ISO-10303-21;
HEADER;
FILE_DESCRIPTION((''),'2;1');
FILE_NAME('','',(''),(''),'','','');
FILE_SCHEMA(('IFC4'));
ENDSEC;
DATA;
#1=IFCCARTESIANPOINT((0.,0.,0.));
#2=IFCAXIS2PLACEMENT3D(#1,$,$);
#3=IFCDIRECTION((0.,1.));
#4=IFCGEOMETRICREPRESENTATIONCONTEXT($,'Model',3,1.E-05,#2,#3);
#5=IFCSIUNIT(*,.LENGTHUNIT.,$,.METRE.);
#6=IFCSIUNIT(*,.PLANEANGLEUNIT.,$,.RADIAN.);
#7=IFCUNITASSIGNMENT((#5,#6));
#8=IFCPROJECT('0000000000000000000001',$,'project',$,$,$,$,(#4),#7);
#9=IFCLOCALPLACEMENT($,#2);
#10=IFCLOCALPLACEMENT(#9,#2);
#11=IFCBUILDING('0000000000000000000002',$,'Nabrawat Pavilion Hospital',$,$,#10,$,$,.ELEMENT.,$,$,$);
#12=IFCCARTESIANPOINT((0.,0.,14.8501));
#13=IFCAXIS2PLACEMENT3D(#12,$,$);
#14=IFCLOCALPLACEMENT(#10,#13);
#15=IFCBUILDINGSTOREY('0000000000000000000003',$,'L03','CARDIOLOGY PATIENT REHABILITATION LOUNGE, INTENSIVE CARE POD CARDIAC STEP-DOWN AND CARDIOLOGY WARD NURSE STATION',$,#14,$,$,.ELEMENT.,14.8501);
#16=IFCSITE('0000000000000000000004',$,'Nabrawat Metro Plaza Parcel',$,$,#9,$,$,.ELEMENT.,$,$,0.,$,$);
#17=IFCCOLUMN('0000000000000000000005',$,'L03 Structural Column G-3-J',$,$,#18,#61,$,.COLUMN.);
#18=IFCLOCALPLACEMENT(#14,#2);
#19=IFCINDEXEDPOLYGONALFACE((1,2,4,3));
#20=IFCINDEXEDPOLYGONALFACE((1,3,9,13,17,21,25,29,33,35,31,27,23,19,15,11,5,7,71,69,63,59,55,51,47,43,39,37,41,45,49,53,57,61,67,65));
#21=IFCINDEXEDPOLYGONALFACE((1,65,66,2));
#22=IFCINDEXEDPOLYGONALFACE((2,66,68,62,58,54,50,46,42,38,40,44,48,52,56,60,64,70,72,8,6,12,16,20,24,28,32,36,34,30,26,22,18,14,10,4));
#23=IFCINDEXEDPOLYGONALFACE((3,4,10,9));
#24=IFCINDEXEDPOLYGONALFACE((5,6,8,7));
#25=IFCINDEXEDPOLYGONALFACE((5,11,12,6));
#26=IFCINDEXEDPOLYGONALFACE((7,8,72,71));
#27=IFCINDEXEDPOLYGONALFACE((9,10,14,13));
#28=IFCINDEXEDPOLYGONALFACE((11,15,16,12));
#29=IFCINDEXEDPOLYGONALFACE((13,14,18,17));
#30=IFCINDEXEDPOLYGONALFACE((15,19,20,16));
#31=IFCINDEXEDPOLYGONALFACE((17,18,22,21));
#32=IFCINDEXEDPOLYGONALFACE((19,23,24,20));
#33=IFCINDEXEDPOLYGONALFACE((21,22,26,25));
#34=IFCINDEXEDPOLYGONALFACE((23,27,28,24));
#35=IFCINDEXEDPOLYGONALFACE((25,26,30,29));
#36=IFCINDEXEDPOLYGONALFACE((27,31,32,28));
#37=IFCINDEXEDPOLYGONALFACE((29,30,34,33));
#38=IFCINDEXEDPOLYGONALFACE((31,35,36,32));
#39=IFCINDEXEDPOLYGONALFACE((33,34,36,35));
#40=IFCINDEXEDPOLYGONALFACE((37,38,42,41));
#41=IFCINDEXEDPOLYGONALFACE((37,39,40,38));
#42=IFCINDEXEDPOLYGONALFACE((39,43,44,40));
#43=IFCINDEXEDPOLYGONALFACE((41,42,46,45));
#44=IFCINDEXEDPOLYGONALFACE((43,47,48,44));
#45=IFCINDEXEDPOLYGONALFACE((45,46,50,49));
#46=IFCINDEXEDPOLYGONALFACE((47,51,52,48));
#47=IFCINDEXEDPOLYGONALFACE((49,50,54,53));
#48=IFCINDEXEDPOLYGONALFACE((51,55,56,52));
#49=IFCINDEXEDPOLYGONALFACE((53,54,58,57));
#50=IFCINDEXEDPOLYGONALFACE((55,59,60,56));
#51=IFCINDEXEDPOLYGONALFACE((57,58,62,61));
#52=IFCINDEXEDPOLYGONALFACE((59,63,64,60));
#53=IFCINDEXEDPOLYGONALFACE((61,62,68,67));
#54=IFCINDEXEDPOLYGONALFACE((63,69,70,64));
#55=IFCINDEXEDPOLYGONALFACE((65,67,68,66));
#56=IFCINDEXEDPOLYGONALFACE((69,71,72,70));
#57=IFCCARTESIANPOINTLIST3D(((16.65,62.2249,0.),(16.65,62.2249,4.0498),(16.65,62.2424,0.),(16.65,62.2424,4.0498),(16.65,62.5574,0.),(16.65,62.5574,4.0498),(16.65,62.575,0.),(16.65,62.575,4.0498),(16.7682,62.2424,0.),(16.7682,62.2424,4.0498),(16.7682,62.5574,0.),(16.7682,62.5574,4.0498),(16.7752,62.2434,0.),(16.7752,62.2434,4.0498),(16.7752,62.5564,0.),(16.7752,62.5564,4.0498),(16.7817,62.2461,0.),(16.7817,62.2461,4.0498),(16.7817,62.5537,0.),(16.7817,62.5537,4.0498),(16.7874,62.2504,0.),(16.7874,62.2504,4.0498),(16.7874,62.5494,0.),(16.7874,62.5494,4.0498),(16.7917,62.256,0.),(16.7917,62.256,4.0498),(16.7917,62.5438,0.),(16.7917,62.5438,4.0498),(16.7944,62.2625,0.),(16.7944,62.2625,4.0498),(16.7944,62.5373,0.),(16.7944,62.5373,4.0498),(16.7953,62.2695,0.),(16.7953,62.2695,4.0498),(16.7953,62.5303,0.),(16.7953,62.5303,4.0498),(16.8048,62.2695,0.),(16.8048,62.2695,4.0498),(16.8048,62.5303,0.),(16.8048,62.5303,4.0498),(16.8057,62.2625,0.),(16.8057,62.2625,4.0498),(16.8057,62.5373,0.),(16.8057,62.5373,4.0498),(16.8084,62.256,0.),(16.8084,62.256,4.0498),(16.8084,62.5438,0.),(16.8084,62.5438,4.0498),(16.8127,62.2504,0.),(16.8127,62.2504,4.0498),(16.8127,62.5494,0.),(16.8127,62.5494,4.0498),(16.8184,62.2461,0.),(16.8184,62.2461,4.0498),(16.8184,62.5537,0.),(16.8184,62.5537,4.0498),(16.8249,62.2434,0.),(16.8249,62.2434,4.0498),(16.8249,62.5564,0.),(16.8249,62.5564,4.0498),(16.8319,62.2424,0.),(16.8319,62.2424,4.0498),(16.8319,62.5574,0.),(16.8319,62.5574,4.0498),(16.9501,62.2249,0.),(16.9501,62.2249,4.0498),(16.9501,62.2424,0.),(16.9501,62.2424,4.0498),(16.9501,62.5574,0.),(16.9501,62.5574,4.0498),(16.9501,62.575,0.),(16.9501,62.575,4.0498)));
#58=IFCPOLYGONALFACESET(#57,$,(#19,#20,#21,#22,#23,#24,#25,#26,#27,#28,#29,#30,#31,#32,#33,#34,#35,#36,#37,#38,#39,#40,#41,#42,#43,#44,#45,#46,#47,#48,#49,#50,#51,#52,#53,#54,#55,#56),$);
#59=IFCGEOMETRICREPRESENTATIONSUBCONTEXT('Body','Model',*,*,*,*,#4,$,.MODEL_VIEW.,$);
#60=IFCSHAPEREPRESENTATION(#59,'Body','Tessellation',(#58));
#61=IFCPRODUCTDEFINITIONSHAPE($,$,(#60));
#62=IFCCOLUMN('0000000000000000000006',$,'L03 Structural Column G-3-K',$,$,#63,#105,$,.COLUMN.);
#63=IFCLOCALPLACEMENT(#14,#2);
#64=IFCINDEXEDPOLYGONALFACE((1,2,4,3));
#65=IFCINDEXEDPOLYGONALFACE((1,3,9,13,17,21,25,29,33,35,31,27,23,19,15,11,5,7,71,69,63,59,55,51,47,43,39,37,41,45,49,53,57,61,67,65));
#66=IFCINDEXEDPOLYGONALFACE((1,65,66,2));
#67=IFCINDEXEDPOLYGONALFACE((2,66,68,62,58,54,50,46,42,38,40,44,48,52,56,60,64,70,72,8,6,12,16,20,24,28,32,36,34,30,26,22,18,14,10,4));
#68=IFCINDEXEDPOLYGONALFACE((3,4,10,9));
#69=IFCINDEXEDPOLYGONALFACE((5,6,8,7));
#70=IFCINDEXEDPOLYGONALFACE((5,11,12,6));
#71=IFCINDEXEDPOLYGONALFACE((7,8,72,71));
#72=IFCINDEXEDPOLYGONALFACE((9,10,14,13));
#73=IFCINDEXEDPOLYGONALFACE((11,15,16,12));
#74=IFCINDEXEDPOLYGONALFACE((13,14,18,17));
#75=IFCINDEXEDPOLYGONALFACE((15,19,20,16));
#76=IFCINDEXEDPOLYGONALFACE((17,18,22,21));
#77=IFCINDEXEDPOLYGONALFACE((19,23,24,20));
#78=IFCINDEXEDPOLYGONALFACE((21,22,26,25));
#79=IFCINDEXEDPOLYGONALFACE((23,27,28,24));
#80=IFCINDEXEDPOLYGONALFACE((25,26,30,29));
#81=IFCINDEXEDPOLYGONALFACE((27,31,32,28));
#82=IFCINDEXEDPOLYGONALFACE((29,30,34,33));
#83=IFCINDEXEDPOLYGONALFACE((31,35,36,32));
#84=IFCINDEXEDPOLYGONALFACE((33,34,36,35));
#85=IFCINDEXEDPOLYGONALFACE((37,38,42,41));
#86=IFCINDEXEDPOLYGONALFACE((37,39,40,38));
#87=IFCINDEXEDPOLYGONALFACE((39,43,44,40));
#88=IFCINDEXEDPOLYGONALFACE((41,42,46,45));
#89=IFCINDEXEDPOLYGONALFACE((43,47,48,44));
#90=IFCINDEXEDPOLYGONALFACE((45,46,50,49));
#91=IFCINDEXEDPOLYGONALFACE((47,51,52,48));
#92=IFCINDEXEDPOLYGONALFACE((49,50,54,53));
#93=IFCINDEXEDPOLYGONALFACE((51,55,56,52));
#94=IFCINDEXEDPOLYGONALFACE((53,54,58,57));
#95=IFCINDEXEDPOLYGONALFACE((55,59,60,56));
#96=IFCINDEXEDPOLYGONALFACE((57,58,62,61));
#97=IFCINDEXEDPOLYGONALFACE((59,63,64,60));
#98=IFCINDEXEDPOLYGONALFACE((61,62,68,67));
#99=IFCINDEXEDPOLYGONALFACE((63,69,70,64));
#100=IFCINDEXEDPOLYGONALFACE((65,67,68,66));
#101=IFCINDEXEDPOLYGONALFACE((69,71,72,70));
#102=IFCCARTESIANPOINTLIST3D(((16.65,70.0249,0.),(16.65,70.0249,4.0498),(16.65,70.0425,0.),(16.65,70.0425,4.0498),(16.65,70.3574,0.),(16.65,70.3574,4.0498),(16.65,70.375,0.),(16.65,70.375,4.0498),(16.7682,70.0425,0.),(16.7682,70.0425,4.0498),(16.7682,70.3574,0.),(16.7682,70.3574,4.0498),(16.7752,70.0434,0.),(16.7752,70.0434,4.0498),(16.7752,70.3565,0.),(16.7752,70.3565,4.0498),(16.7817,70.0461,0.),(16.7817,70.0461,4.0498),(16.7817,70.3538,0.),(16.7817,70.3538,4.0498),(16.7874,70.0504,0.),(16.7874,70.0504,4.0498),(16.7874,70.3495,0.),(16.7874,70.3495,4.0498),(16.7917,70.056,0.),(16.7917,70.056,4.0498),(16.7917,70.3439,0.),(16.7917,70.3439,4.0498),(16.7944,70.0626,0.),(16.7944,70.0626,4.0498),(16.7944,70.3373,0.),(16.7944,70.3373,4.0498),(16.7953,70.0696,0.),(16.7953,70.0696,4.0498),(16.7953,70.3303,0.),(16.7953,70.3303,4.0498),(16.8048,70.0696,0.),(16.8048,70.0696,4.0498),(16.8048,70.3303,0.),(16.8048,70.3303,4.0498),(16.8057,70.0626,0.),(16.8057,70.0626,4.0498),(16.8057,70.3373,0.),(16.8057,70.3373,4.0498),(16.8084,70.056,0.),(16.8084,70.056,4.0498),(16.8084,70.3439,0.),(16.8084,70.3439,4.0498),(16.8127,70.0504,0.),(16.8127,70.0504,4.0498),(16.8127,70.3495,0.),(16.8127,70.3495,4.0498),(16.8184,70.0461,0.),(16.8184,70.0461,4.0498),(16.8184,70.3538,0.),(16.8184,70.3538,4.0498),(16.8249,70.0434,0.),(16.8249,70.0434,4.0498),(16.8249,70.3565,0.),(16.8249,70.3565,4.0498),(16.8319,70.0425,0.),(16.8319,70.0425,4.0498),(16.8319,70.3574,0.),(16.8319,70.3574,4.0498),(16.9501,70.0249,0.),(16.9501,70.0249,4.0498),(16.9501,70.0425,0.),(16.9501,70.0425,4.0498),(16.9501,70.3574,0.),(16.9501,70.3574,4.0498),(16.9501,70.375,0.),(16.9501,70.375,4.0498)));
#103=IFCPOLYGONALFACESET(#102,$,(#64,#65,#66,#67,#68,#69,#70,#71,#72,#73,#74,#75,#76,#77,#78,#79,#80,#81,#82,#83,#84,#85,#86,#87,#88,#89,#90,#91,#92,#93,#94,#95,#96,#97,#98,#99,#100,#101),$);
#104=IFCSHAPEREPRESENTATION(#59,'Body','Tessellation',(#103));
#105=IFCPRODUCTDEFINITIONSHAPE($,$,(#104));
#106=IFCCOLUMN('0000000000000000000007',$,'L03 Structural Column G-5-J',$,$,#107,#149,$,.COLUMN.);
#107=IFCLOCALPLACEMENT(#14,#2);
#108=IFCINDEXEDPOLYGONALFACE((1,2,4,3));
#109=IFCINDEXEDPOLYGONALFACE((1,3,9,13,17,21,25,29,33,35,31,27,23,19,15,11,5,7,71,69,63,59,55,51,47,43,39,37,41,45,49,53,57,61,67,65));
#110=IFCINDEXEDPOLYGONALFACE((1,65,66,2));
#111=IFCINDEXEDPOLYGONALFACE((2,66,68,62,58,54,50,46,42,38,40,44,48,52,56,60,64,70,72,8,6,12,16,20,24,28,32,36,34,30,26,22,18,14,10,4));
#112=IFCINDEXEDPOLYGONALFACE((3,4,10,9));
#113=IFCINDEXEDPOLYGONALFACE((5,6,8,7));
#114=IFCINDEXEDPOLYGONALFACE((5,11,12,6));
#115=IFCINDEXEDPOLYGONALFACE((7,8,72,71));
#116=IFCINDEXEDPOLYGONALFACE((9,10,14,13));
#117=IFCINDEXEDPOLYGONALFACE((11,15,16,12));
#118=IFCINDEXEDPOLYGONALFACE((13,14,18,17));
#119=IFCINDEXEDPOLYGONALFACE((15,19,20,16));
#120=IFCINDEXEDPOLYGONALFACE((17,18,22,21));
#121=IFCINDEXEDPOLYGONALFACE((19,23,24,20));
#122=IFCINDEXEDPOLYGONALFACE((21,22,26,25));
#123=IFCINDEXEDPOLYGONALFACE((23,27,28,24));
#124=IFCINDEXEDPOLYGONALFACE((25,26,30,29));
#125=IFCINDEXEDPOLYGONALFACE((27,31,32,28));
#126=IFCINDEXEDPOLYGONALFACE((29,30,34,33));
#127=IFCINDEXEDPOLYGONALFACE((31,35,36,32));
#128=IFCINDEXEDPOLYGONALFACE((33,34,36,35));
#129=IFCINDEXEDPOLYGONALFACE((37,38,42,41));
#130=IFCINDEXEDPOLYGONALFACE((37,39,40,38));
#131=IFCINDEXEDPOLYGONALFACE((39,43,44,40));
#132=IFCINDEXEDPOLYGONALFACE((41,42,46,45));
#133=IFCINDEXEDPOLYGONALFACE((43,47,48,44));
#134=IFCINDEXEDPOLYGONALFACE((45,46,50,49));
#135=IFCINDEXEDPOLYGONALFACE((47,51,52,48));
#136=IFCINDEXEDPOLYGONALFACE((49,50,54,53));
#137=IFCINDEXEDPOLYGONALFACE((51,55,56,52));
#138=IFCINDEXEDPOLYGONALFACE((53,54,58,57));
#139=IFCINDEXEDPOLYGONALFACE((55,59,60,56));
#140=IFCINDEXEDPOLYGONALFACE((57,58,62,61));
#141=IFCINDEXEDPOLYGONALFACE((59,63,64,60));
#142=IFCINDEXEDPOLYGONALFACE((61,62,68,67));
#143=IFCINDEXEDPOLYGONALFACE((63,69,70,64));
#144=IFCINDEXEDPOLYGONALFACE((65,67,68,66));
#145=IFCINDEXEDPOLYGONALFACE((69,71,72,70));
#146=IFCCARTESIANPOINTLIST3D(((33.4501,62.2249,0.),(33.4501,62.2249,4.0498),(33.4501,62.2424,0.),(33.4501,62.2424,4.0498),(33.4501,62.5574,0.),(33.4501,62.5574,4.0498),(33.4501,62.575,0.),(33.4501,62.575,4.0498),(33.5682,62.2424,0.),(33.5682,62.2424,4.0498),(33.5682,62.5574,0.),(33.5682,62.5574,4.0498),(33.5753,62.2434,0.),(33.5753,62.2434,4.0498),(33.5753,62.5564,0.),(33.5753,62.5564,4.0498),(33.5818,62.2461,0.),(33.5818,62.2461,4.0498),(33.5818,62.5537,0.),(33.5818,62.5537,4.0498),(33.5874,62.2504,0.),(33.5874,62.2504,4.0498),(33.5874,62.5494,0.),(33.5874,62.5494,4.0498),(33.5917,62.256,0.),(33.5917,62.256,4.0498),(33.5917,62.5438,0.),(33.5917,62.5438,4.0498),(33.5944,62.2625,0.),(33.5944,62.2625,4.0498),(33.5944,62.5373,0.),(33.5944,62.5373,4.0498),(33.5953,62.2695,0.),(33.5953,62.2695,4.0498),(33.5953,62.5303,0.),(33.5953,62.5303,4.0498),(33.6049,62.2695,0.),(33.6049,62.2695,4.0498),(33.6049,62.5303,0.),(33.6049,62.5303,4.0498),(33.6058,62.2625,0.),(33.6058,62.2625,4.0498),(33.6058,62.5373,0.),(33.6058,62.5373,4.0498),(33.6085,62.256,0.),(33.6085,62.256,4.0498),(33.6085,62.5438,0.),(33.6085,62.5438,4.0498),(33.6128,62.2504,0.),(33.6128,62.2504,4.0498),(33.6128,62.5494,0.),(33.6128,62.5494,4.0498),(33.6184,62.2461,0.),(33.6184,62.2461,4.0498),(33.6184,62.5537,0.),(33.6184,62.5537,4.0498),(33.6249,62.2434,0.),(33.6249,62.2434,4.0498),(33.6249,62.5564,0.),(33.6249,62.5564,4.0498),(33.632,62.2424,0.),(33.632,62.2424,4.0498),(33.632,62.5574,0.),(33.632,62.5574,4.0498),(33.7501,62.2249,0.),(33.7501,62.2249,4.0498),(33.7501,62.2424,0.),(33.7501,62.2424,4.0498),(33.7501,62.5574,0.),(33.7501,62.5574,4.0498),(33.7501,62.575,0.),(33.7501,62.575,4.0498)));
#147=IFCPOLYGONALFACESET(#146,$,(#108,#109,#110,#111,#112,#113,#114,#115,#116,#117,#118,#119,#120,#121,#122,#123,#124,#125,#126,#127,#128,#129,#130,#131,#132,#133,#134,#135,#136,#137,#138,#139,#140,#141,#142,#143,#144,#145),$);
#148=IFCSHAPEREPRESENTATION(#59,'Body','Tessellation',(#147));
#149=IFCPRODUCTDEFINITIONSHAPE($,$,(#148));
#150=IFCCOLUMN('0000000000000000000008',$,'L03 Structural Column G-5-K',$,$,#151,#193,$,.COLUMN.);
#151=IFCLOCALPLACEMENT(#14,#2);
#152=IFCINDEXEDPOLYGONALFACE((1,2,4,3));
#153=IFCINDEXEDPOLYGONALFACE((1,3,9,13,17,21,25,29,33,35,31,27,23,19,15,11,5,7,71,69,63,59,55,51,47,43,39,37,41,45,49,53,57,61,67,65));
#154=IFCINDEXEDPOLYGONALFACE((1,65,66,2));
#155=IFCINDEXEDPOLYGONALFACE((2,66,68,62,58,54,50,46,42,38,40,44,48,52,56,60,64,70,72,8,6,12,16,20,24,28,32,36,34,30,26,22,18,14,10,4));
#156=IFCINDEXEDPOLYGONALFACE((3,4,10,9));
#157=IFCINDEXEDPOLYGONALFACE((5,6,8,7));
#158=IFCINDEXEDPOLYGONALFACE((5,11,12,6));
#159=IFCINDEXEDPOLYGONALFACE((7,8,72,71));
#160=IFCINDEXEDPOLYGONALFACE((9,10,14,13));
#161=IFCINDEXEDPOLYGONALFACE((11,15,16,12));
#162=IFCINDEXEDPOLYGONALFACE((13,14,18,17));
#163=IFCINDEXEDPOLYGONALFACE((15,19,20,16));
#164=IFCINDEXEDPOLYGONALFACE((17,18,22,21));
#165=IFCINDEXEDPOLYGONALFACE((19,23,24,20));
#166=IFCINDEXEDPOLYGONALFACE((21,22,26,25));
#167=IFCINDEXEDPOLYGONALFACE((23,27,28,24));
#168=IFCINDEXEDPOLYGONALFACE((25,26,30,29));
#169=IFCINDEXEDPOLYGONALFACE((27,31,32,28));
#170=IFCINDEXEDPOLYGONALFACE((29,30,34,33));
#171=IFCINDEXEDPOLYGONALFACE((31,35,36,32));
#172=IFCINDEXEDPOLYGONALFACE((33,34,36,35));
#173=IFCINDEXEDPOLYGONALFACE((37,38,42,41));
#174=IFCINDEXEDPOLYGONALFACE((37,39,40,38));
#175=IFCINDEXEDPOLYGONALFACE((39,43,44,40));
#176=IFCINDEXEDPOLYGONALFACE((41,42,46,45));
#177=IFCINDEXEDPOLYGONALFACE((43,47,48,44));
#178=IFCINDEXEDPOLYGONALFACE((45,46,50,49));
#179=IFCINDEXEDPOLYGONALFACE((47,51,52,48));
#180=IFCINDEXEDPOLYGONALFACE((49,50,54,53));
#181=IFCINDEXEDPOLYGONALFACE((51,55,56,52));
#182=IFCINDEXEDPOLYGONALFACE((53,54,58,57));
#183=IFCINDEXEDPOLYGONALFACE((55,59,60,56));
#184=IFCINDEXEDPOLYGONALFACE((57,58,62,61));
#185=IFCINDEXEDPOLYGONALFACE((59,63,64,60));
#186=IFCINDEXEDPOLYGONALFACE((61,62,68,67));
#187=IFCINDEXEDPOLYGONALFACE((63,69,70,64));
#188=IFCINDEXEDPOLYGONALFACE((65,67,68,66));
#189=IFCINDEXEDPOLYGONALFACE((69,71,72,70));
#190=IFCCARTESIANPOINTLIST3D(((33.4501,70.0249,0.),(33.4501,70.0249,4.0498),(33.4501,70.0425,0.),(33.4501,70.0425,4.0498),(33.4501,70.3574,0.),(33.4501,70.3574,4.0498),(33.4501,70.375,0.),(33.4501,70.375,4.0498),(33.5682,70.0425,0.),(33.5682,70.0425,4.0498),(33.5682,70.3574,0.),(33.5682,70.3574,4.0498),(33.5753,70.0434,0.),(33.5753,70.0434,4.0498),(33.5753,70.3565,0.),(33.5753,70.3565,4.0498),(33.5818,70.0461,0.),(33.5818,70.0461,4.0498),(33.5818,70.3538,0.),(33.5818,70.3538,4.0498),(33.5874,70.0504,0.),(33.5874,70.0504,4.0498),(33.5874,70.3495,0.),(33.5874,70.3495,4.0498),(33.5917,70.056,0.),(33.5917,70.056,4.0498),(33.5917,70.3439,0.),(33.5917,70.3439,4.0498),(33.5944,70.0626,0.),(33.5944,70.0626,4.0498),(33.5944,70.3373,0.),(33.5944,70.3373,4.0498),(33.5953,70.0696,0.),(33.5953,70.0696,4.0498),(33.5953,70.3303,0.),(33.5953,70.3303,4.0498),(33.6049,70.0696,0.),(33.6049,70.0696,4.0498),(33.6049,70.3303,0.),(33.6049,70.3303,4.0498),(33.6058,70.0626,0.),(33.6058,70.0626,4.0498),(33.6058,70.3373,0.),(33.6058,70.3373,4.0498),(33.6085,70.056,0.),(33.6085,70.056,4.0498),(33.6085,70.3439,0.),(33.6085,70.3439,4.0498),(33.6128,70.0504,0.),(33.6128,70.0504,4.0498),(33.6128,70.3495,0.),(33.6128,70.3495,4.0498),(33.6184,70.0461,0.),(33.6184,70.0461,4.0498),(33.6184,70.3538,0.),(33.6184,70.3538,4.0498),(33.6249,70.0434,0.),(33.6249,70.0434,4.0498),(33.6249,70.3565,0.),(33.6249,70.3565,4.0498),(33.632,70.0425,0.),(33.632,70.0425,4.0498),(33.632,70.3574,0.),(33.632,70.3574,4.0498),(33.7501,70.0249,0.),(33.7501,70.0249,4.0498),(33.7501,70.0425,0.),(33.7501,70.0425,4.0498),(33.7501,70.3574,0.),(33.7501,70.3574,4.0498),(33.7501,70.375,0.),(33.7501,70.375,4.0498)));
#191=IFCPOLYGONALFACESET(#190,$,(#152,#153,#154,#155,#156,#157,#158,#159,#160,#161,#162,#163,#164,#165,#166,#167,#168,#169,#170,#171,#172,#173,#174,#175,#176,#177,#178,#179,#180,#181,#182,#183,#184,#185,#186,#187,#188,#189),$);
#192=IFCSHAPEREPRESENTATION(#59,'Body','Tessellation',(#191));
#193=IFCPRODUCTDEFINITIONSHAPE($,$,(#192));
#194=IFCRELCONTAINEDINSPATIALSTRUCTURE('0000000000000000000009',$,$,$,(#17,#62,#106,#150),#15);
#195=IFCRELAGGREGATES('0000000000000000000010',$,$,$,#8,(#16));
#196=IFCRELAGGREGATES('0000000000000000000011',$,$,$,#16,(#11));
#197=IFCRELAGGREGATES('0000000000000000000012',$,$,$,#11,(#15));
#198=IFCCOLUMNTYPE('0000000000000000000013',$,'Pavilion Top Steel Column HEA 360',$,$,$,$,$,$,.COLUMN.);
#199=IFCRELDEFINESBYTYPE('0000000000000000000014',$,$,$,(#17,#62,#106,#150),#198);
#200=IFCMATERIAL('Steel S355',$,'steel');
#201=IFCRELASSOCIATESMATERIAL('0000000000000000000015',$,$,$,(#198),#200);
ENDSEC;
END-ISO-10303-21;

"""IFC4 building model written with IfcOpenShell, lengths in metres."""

from ifc_helpers import new_model, si_unit, direction, frame, origin, origin_2d, place, context, subcontext, project, spatial, i_section, extrude, material, material_profile, profile_set, type_object, element, save


model = new_model("IFC4")

# Units and contexts
model_context = context("Model", 3, precision=1e-05, world=origin(), true_north=direction((0.0, 1.0)))
body_context = subcontext(model_context, "Body", "Model", "MODEL_VIEW")
ifc_project = project(units=[si_unit("LENGTHUNIT", "METRE"), si_unit("PLANEANGLEUNIT", "RADIAN")], contexts=[model_context])

# Site, building, storey
site_placement = place(None, origin())
site = spatial("IfcSite", under=ifc_project, at=site_placement, Name="Nabrawat Metro Plaza Parcel", CompositionType="ELEMENT", RefElevation=0.0)
building_placement = place(site_placement, origin())
building = spatial("IfcBuilding", under=site, at=building_placement, Name="Nabrawat Pavilion Hospital", CompositionType="ELEMENT")
storey_placement = place(building_placement, frame((0.0, 0.0, 14.8501)))
storey = spatial("IfcBuildingStorey", under=building, at=storey_placement, Name="L03", Description="CARDIOLOGY PATIENT REHABILITATION LOUNGE, INTENSIVE CARE POD CARDIAC STEP-DOWN AND CARDIOLOGY WARD NURSE STATION", CompositionType="ELEMENT", Elevation=14.8501)

# Columns
ifc_material_1 = material(Name="Steel S355", Category="steel")
ifc_material_profile_1 = material_profile(ifc_material_1, i_section(OverallWidth=0.3, OverallDepth=0.3501, WebThickness=0.0095, FlangeThickness=0.0176, FilletRadius=0.0271, at=origin_2d()), Name="HEA 360")
ifc_profile_set_1 = profile_set([ifc_material_profile_1], Name="Steel S355")
column_type = type_object("IfcColumnType", Name="Pavilion Top Steel Column HEA 360", PredefinedType="COLUMN", material=ifc_profile_set_1)
for number, where, z_axis, x_axis, name in (
    (1, (16.8, 62.3999, 0.0), (0.0, 0.0, 1.0), (1.0, 0.0, 0.0), "L03 Structural Column G-3-J"),
    (2, (16.8, 70.2, 0.0), (0.0, 0.0, 1.0), (1.0, 0.0, 0.0), "L03 Structural Column G-3-K"),
    (3, (33.6001, 62.3999, 0.0), (0.0, 0.0, 1.0), (1.0, 0.0, 0.0), "L03 Structural Column G-5-J"),
    (4, (33.6001, 70.2, 0.0), (0.0, 0.0, 1.0), (1.0, 0.0, 0.0), "L03 Structural Column G-5-K"),
):
    element("IfcColumn", number, at=place(storey_placement, frame(where, z_axis=z_axis, x_axis=x_axis)), inside=storey, type_object=column_type, Name=name, PredefinedType="COLUMN", context=body_context, shape_type="SweptSolid", body=[
        extrude(i_section(OverallWidth=0.3, OverallDepth=0.3501, WebThickness=0.0095, FlangeThickness=0.0176, FilletRadius=0.0271, at=origin_2d()), origin(), (0.0, 0.0, 1.0), 4.0498),
    ])

save(model, "model.ifc")
